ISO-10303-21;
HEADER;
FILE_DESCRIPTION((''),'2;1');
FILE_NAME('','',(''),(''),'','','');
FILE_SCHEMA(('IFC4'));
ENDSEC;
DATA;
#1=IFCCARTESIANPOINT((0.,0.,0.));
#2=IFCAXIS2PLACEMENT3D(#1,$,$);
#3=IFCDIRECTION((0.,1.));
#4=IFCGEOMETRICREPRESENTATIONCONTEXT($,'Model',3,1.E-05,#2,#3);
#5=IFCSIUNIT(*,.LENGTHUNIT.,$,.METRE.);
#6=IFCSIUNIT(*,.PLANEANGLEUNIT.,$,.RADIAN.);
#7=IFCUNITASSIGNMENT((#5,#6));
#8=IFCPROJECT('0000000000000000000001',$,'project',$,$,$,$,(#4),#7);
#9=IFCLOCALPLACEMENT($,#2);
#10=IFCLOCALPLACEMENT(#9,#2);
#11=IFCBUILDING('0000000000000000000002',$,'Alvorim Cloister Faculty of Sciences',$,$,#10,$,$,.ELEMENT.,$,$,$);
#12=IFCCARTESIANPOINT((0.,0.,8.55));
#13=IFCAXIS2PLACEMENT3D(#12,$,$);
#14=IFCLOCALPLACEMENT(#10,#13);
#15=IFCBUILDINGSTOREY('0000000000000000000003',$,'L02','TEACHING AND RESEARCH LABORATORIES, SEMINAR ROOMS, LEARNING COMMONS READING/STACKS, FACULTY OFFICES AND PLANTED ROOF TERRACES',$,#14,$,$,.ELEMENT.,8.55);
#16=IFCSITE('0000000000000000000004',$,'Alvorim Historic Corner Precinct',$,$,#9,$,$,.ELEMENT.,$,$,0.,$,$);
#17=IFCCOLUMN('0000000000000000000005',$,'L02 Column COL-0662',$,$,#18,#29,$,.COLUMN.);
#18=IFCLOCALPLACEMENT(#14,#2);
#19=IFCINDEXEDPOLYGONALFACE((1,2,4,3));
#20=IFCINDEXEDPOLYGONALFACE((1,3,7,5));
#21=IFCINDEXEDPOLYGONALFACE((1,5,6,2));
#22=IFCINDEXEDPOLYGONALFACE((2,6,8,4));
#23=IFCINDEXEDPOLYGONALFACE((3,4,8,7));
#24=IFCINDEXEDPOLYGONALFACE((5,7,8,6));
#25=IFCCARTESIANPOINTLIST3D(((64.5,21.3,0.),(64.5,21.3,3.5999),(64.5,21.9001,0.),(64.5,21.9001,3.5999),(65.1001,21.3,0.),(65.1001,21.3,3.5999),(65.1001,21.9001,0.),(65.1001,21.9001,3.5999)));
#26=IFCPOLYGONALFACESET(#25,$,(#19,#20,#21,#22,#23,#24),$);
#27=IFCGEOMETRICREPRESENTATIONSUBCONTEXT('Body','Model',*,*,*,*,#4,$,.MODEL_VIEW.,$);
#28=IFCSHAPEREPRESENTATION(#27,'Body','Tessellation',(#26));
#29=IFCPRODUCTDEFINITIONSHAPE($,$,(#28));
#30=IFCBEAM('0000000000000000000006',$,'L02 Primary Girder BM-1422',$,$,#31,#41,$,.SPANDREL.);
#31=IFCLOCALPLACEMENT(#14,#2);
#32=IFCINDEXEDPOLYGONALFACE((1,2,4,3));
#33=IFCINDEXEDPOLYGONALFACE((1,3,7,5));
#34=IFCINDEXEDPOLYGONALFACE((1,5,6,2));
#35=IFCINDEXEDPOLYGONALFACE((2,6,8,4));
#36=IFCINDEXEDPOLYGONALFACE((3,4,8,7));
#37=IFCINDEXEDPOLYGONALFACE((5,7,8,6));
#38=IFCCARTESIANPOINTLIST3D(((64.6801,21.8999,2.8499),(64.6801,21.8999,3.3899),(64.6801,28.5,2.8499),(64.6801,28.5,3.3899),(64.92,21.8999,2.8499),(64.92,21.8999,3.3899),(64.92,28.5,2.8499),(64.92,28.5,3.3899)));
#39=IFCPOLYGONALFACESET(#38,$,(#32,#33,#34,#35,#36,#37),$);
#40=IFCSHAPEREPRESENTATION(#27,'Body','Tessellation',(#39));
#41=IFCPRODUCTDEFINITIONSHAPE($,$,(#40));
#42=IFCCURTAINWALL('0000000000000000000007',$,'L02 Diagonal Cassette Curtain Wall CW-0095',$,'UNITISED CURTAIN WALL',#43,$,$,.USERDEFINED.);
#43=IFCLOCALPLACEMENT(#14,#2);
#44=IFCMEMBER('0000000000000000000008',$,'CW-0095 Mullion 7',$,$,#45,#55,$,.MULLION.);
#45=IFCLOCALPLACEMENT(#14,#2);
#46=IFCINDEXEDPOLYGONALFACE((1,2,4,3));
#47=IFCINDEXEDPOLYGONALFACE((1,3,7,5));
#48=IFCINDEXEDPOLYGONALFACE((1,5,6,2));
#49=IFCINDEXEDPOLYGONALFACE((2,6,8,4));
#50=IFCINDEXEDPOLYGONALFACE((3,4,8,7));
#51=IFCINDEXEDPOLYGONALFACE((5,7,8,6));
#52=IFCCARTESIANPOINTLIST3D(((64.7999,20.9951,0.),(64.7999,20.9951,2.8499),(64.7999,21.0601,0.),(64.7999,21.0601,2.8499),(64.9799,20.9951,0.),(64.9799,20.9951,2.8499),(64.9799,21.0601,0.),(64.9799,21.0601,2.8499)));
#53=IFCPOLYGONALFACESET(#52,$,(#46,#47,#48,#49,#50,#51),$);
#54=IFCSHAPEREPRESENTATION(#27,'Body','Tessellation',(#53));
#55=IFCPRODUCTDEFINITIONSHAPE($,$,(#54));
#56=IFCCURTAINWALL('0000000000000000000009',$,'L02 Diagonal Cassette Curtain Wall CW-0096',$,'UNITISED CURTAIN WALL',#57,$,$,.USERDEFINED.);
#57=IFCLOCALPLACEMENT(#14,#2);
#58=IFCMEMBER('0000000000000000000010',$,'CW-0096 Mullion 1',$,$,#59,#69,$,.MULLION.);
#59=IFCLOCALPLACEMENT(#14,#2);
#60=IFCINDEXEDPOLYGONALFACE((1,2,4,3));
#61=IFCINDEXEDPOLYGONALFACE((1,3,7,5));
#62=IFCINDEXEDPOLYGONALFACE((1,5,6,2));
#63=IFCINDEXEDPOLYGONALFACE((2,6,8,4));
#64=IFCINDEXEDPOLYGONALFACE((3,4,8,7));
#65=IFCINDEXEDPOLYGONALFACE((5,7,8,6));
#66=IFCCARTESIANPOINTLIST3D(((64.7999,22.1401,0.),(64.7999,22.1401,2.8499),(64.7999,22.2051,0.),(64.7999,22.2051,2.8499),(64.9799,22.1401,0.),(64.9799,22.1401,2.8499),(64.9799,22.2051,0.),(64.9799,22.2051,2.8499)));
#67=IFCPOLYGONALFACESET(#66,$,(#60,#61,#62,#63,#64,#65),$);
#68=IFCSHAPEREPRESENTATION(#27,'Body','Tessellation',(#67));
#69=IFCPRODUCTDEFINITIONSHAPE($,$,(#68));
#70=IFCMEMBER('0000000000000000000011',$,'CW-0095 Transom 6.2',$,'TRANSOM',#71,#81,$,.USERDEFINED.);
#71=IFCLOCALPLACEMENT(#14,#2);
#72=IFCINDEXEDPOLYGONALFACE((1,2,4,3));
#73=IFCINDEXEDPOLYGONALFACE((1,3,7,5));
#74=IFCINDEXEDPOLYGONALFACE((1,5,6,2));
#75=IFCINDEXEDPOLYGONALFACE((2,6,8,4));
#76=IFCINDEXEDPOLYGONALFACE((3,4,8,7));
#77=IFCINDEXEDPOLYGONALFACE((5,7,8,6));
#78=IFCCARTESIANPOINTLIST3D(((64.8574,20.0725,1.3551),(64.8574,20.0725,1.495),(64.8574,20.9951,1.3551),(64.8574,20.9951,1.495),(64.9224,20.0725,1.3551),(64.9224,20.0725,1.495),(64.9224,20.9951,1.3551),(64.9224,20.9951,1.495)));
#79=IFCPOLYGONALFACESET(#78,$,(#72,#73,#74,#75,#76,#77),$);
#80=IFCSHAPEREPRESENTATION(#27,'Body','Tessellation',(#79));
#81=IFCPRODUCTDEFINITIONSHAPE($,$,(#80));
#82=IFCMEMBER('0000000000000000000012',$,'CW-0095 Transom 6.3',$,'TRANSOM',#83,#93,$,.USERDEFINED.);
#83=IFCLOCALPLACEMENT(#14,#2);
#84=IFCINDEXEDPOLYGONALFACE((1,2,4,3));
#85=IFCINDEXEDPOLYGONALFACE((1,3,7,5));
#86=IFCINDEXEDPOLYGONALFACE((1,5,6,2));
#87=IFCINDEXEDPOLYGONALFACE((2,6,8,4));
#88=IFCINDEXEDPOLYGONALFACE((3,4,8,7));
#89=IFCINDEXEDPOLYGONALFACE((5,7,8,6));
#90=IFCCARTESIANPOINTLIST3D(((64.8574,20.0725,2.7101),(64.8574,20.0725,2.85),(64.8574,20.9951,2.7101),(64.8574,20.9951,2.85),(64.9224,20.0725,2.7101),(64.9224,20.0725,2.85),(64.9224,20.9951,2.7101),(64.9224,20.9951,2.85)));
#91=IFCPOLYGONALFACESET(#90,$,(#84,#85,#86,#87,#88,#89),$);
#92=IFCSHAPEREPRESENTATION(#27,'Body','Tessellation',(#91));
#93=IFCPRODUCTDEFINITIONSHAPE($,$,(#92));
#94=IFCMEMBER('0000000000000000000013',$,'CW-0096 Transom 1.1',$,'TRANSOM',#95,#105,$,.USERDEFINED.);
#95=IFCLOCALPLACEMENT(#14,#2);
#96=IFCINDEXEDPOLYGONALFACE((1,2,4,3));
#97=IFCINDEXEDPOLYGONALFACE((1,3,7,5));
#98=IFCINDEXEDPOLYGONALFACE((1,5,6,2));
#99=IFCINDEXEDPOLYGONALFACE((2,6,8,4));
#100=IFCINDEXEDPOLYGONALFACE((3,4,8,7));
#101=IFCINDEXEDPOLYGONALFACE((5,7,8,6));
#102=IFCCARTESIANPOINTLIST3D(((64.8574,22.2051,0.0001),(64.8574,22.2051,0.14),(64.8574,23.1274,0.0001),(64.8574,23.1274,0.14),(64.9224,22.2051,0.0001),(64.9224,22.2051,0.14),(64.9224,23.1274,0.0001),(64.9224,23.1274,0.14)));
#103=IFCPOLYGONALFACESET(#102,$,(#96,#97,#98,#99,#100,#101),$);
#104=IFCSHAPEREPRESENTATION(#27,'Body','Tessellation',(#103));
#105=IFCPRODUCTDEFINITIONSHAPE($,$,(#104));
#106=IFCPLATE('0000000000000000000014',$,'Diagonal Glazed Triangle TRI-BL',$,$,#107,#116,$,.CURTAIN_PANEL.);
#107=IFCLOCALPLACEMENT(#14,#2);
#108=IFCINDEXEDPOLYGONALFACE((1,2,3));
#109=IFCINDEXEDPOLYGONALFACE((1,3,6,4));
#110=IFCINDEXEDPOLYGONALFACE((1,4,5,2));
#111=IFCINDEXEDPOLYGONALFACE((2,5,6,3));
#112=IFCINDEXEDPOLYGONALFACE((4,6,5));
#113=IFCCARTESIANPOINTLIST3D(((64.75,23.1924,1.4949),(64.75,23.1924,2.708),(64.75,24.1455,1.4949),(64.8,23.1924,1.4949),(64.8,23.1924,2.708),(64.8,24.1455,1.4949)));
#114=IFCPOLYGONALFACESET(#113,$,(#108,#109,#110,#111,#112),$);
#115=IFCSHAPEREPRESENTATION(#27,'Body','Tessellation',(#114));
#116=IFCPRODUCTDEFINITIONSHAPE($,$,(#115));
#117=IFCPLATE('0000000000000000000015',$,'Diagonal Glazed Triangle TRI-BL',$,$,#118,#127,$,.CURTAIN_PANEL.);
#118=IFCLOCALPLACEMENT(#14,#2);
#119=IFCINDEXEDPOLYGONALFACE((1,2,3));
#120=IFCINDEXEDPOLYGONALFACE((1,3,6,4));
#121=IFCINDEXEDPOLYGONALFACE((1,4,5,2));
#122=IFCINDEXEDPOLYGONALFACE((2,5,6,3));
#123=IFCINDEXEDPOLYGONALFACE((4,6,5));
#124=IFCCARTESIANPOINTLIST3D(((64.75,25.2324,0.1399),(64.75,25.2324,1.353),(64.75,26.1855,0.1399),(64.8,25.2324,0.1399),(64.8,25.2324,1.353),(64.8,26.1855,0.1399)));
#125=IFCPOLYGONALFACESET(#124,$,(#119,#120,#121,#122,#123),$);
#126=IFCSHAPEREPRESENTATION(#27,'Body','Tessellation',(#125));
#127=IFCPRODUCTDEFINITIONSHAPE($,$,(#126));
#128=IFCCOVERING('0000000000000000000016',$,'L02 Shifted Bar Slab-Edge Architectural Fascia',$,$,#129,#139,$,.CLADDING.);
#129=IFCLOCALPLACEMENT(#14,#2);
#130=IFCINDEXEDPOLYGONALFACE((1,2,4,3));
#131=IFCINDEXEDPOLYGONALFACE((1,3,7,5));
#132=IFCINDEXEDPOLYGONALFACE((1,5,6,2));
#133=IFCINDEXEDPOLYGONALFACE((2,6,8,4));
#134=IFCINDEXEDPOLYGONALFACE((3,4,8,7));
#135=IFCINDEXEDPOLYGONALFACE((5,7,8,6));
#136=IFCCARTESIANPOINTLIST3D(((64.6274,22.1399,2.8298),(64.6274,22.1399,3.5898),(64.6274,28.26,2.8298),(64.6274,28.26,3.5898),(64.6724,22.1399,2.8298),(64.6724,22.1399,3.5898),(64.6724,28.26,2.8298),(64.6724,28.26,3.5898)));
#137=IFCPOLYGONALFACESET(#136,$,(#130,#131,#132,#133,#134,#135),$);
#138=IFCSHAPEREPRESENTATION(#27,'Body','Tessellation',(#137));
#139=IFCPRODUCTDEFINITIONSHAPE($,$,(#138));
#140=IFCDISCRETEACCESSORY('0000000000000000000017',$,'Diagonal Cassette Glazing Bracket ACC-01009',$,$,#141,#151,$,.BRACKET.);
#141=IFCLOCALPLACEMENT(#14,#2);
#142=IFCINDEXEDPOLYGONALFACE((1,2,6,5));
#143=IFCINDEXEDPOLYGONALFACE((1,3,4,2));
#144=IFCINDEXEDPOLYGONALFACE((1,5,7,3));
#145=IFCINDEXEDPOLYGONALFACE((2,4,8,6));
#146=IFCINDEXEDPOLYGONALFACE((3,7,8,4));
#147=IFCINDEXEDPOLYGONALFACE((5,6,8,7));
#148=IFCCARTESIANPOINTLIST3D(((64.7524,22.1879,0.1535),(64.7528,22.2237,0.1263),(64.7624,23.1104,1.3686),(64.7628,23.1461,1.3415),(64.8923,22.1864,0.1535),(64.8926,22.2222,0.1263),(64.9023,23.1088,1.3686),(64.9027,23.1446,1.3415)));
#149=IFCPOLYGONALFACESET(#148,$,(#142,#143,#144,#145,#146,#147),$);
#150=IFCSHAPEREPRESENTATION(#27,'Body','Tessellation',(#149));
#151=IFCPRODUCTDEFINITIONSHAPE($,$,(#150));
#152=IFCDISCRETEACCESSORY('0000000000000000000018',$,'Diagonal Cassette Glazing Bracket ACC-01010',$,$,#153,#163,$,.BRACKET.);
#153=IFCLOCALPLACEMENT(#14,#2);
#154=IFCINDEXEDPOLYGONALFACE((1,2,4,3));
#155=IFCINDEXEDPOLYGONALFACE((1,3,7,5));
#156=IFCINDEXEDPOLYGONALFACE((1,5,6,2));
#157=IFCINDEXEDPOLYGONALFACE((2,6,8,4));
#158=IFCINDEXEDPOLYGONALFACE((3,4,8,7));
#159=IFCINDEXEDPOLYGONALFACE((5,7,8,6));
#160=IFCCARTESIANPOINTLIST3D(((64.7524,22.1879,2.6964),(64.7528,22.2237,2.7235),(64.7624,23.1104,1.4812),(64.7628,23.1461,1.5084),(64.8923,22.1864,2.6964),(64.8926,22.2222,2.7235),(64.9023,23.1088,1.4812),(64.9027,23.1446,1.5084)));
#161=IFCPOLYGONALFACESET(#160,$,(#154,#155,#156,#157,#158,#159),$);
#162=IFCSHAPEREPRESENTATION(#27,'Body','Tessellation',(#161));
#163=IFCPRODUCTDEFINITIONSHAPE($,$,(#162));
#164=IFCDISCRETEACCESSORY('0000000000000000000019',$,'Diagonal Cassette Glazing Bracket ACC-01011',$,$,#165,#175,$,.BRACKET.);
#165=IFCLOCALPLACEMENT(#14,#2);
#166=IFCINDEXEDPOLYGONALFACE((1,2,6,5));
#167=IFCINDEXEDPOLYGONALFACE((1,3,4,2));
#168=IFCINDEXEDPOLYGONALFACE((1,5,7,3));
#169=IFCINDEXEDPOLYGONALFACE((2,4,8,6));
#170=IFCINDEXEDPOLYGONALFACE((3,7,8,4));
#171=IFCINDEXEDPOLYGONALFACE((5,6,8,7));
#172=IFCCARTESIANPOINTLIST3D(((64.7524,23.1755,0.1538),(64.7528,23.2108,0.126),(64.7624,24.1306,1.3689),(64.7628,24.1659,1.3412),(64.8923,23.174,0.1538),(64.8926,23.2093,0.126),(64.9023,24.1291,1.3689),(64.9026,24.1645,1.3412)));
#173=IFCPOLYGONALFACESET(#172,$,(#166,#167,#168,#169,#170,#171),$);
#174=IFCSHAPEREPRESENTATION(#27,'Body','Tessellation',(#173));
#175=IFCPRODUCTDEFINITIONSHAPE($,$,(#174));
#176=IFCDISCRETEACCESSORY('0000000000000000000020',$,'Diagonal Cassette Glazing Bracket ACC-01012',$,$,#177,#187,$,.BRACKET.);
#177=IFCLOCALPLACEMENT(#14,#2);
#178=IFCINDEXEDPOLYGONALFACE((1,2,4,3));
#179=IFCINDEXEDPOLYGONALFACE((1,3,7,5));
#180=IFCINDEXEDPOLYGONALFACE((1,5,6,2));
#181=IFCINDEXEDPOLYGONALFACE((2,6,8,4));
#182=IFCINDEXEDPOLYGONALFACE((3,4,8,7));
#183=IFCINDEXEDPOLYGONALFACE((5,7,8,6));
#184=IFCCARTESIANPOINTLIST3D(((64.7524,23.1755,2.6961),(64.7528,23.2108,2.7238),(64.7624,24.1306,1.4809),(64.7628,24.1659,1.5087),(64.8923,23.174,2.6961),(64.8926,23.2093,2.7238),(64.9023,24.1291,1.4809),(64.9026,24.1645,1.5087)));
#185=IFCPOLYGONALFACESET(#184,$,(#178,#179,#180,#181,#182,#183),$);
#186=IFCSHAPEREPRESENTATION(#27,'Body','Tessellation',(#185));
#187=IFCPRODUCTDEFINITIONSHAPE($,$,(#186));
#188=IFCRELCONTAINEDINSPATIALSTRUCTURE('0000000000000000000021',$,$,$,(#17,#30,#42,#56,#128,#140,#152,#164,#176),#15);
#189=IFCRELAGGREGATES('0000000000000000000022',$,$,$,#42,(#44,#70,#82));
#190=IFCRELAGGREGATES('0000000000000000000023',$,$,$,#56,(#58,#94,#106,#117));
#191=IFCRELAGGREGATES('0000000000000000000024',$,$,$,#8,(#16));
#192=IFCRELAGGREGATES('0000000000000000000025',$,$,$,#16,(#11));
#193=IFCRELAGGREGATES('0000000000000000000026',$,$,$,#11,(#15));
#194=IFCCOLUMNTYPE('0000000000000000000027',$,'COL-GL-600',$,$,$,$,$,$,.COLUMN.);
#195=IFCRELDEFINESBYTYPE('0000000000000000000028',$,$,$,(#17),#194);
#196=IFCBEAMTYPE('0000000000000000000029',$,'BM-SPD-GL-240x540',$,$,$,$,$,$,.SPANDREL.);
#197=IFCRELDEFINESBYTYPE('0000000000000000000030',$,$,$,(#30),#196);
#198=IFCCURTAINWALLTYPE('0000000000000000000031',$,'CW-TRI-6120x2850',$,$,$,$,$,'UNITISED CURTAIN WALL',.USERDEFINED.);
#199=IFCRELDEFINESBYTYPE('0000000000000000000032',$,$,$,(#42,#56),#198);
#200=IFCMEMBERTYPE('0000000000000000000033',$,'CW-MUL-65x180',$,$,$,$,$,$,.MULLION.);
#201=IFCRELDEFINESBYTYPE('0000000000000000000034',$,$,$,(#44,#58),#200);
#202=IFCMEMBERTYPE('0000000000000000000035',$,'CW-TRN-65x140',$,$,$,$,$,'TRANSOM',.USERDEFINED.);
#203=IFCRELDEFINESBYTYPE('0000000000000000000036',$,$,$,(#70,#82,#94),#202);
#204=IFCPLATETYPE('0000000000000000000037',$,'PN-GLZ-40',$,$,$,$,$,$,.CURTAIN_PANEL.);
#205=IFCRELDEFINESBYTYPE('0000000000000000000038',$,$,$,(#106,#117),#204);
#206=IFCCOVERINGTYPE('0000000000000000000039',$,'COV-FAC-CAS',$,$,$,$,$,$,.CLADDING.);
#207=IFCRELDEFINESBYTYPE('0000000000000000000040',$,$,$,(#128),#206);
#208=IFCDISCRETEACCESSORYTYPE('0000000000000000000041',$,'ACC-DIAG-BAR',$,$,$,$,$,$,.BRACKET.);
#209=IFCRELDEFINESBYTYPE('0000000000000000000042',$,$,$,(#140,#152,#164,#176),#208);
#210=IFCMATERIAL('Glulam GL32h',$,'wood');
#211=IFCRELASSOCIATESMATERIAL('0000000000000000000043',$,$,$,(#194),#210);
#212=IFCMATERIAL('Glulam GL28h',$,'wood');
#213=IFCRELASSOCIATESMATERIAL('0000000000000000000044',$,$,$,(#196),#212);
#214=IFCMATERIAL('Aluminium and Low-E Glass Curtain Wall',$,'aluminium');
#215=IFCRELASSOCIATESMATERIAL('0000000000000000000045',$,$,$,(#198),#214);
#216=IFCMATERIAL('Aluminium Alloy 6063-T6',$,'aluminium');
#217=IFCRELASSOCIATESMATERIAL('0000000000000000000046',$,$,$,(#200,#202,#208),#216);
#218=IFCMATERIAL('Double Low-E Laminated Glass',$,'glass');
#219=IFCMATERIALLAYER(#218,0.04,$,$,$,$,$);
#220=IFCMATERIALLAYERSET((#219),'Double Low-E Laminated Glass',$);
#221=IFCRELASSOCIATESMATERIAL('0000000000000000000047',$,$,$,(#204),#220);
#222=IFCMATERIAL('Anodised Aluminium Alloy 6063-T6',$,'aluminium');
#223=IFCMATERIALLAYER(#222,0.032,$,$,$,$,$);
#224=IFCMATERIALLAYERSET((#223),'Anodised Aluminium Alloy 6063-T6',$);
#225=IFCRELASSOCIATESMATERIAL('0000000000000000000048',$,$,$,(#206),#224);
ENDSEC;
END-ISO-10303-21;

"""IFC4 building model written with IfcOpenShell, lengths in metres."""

from ifc_helpers import new_model, si_unit, direction, frame, origin, origin_2d, place, context, subcontext, project, spatial, polyline, rectangle, outline, extrude, material, layer, layer_set, material_profile, profile_set, type_object, element, aggregate, save


model = new_model("IFC4")

# Units and contexts
model_context = context("Model", 3, precision=1e-05, world=origin(), true_north=direction((0.0, 1.0)))
body_context = subcontext(model_context, "Body", "Model", "MODEL_VIEW")
ifc_project = project(units=[si_unit("LENGTHUNIT", "METRE"), si_unit("PLANEANGLEUNIT", "RADIAN")], contexts=[model_context])

# Site, building, storey
site_placement = place(None, origin())
site = spatial("IfcSite", under=ifc_project, at=site_placement, Name="Alvorim Historic Corner Precinct", CompositionType="ELEMENT", RefElevation=0.0)
building_placement = place(site_placement, origin())
building = spatial("IfcBuilding", under=site, at=building_placement, Name="Alvorim Cloister Faculty of Sciences", CompositionType="ELEMENT")
storey_placement = place(building_placement, frame((0.0, 0.0, 8.55)))
storey = spatial("IfcBuildingStorey", under=building, at=storey_placement, Name="L02", Description="TEACHING AND RESEARCH LABORATORIES, SEMINAR ROOMS, LEARNING COMMONS READING/STACKS, FACULTY OFFICES AND PLANTED ROOF TERRACES", CompositionType="ELEMENT", Elevation=8.55)

# Column
ifc_material_1 = material(Name="Glulam GL32h", Category="wood")
ifc_material_profile_1 = material_profile(ifc_material_1, rectangle(XDim=0.6001, YDim=0.6001, at=origin_2d()), Name="GL32-COL-600x600")
ifc_profile_set_1 = profile_set([ifc_material_profile_1], Name="Glulam GL32h")
column_type = type_object("IfcColumnType", Name="COL-GL-600", PredefinedType="COLUMN", material=ifc_profile_set_1)
column_placement = place(storey_placement, frame((64.8, 21.6001, 0.0), z_axis=(0.0, 0.0, 1.0), x_axis=(1.0, 0.0, 0.0)))
element("IfcColumn", 1, at=column_placement, inside=storey, type_object=column_type, Name="L02 Column COL-0662", PredefinedType="COLUMN", context=body_context, shape_type="SweptSolid", body=[
    extrude(rectangle(XDim=0.6001, YDim=0.6001, at=origin_2d()), origin(), (0.0, 0.0, 1.0), 3.5999),
])

# Beam
ifc_material_2 = material(Name="Glulam GL28h", Category="wood")
ifc_material_profile_2 = material_profile(ifc_material_2, rectangle(XDim=0.24, YDim=0.54, at=origin_2d()), Name="GL28-SPD-240x540")
ifc_profile_set_2 = profile_set([ifc_material_profile_2], Name="Glulam GL28h")
beam_type = type_object("IfcBeamType", Name="BM-SPD-GL-240x540", PredefinedType="SPANDREL", material=ifc_profile_set_2)
beam_placement = place(storey_placement, frame((64.8, 21.8999, 3.1199), z_axis=(0.0, 1.0, 0.0), x_axis=(-1.0, 0.0, 0.0)))
element("IfcBeam", 2, at=beam_placement, inside=storey, type_object=beam_type, Name="L02 Primary Girder BM-1422", PredefinedType="SPANDREL", context=body_context, shape_type="SweptSolid", body=[
    extrude(rectangle(XDim=0.24, YDim=0.54, at=origin_2d()), origin(), (0.0, 0.0, 1.0), 6.6001),
])

# Curtain walls, members
ifc_material_3 = material(Name="Aluminium and Low-E Glass Curtain Wall", Category="aluminium")
curtain_wall_type = type_object("IfcCurtainWallType", Name="CW-TRI-6120x2850", ElementType="UNITISED CURTAIN WALL", PredefinedType="USERDEFINED", material=ifc_material_3)
curtain_wall_1_placement = place(storey_placement, origin())
curtain_wall_1 = element("IfcCurtainWall", 3, at=curtain_wall_1_placement, inside=storey, type_object=curtain_wall_type, Name="L02 Diagonal Cassette Curtain Wall CW-0095", ObjectType="UNITISED CURTAIN WALL", PredefinedType="USERDEFINED")
ifc_material_4 = material(Name="Aluminium Alloy 6063-T6", Category="aluminium")
ifc_material_profile_3 = material_profile(ifc_material_4, rectangle(XDim=0.0649, YDim=0.1799, at=origin_2d()), Name="ALU-MUL-65x180")
ifc_profile_set_3 = profile_set([ifc_material_profile_3], Name="Aluminium Alloy 6063-T6")
member_type_1 = type_object("IfcMemberType", Name="CW-MUL-65x180", PredefinedType="MULLION", material=ifc_profile_set_3)
member_1_placement = place(storey_placement, frame((64.8899, 21.0276, 0.0), z_axis=(0.0, 0.0, 1.0), x_axis=(0.0, 1.0, 0.0)))
member_1 = element("IfcMember", 4, at=member_1_placement, type_object=member_type_1, Name="CW-0095 Mullion 7", PredefinedType="MULLION", context=body_context, shape_type="SweptSolid", body=[
    extrude(rectangle(XDim=0.0649, YDim=0.1799, at=origin_2d()), origin(), (0.0, 0.0, 1.0), 2.8499),
])
curtain_wall_2_placement = place(storey_placement, origin())
curtain_wall_2 = element("IfcCurtainWall", 5, at=curtain_wall_2_placement, inside=storey, type_object=curtain_wall_type, Name="L02 Diagonal Cassette Curtain Wall CW-0096", ObjectType="UNITISED CURTAIN WALL", PredefinedType="USERDEFINED")
member_2_placement = place(storey_placement, frame((64.8899, 22.1726, 0.0), z_axis=(0.0, 0.0, 1.0), x_axis=(0.0, 1.0, 0.0)))
member_2 = element("IfcMember", 6, at=member_2_placement, type_object=member_type_1, Name="CW-0096 Mullion 1", PredefinedType="MULLION", context=body_context, shape_type="SweptSolid", body=[
    extrude(rectangle(XDim=0.0649, YDim=0.1799, at=origin_2d()), origin(), (0.0, 0.0, 1.0), 2.8499),
])

# Members
ifc_material_profile_4 = material_profile(ifc_material_4, rectangle(XDim=0.0649, YDim=0.1399, at=origin_2d()), Name="ALU-TRN-65x140")
ifc_profile_set_4 = profile_set([ifc_material_profile_4], Name="Aluminium Alloy 6063-T6")
member_type_2 = type_object("IfcMemberType", Name="CW-TRN-65x140", ElementType="TRANSOM", PredefinedType="USERDEFINED", material=ifc_profile_set_4)
member_3_placement = place(storey_placement, frame((64.8899, 20.0725, 1.425), z_axis=(0.0, 1.0, 0.0), x_axis=(-1.0, 0.0, 0.0)))
member_3 = element("IfcMember", 7, at=member_3_placement, type_object=member_type_2, Name="CW-0095 Transom 6.2", ObjectType="TRANSOM", PredefinedType="USERDEFINED", context=body_context, shape_type="SweptSolid", body=[
    extrude(rectangle(XDim=0.0649, YDim=0.1399, at=origin_2d()), origin(), (0.0, 0.0, 1.0), 0.9226),
])
member_4_placement = place(storey_placement, frame((64.8899, 20.0725, 2.78), z_axis=(0.0, 1.0, 0.0), x_axis=(-1.0, 0.0, 0.0)))
member_4 = element("IfcMember", 8, at=member_4_placement, type_object=member_type_2, Name="CW-0095 Transom 6.3", ObjectType="TRANSOM", PredefinedType="USERDEFINED", context=body_context, shape_type="SweptSolid", body=[
    extrude(rectangle(XDim=0.0649, YDim=0.1399, at=origin_2d()), origin(), (0.0, 0.0, 1.0), 0.9226),
])
aggregate(curtain_wall_1, [member_1, member_3, member_4])
member_5_placement = place(storey_placement, frame((64.8899, 22.2051, 0.0701), z_axis=(0.0, 1.0, 0.0), x_axis=(-1.0, 0.0, 0.0)))
member_5 = element("IfcMember", 9, at=member_5_placement, type_object=member_type_2, Name="CW-0096 Transom 1.1", ObjectType="TRANSOM", PredefinedType="USERDEFINED", context=body_context, shape_type="SweptSolid", body=[
    extrude(rectangle(XDim=0.0649, YDim=0.1399, at=origin_2d()), origin(), (0.0, 0.0, 1.0), 0.9224),
])

# Plates
ifc_material_5 = material(Name="Double Low-E Laminated Glass", Category="glass")
ifc_layer_1 = layer(ifc_material_5, 0.04)
ifc_layer_set_1 = layer_set([ifc_layer_1], Name="Double Low-E Laminated Glass")
plate_type = type_object("IfcPlateType", Name="PN-GLZ-40", PredefinedType="CURTAIN_PANEL", material=ifc_layer_set_1)
plate_1_placement = place(storey_placement, frame((64.7749, 23.1924, 1.4949), z_axis=(0.0, 0.0, 1.0), x_axis=(0.0, 1.0, 0.0)))
plate_1 = element("IfcPlate", 10, at=plate_1_placement, type_object=plate_type, Name="Diagonal Glazed Triangle TRI-BL", PredefinedType="CURTAIN_PANEL", context=body_context, shape_type="SweptSolid", body=[
    extrude(outline(polyline([(0.0, 0.0), (0.9531, 0.0), (0.0, 1.2131), (0.0, 0.0)])), frame((0.0, 0.0249, 0.0), z_axis=(0.0, -1.0, 0.0), x_axis=(1.0, 0.0, 0.0)), (0.0, 0.0, 1.0), 0.05),
])
plate_2_placement = place(storey_placement, frame((64.7749, 25.2324, 0.1399), z_axis=(0.0, 0.0, 1.0), x_axis=(0.0, 1.0, 0.0)))
plate_2 = element("IfcPlate", 11, at=plate_2_placement, type_object=plate_type, Name="Diagonal Glazed Triangle TRI-BL", PredefinedType="CURTAIN_PANEL", context=body_context, shape_type="SweptSolid", body=[
    extrude(outline(polyline([(0.0, 0.0), (0.9531, 0.0), (0.0, 1.2131), (0.0, 0.0)])), frame((0.0, 0.0249, 0.0), z_axis=(0.0, -1.0, 0.0), x_axis=(1.0, 0.0, 0.0)), (0.0, 0.0, 1.0), 0.05),
])
aggregate(curtain_wall_2, [member_2, member_5, plate_1, plate_2])

# Covering
ifc_material_6 = material(Name="Anodised Aluminium Alloy 6063-T6", Category="aluminium")
ifc_layer_2 = layer(ifc_material_6, 0.032)
ifc_layer_set_2 = layer_set([ifc_layer_2], Name="Anodised Aluminium Alloy 6063-T6")
covering_type = type_object("IfcCoveringType", Name="COV-FAC-CAS", PredefinedType="CLADDING", material=ifc_layer_set_2)
covering_placement = place(storey_placement, frame((64.6499, 22.1399, 2.8298), z_axis=(0.0, 0.0, 1.0), x_axis=(0.0, 1.0, 0.0)))
element("IfcCovering", 12, at=covering_placement, inside=storey, type_object=covering_type, Name="L02 Shifted Bar Slab-Edge Architectural Fascia", PredefinedType="CLADDING", context=body_context, shape_type="SweptSolid", body=[
    extrude(outline(polyline([(0.0, 0.0), (6.1201, 0.0), (6.1201, 0.76), (0.0, 0.76), (0.0, 0.0)])), frame((0.0, 0.0225, 0.0), z_axis=(0.0, -1.0, 0.0), x_axis=(1.0, 0.0, 0.0)), (0.0, 0.0, 1.0), 0.0449),
])

# Discrete accessories
discrete_accessory_type = type_object("IfcDiscreteAccessoryType", Name="ACC-DIAG-BAR", PredefinedType="BRACKET", material=ifc_material_4)
for number, where, z_axis, x_axis, name in (
    (13, (64.8225, 22.2051, 0.1399), (0.006561, 0.604612, 0.796493), (-0.999941, 0.010852, 0.0), "Diagonal Cassette Glazing Bracket ACC-01009"),
    (14, (64.8225, 22.2051, 2.71), (0.006561, 0.604612, -0.796493), (-0.999941, 0.010852, 0.0), "Diagonal Cassette Glazing Bracket ACC-01010"),
):
    element("IfcDiscreteAccessory", number, at=place(storey_placement, frame(where, z_axis=z_axis, x_axis=x_axis)), inside=storey, type_object=discrete_accessory_type, Name=name, PredefinedType="BRACKET", context=body_context, shape_type="SweptSolid", body=[
        extrude(rectangle(XDim=0.1399, YDim=0.0449, at=origin_2d()), origin(), (0.0, 0.0, 1.0), 1.5256),
    ])
for number, where, z_axis, x_axis, name in (
    (15, (64.8225, 23.1924, 0.1399), (0.006477, 0.617955, 0.786187), (-0.999945, 0.01048, 0.0), "Diagonal Cassette Glazing Bracket ACC-01011"),
    (16, (64.8225, 23.1924, 2.71), (0.006477, 0.617955, -0.786187), (-0.999945, 0.01048, 0.0), "Diagonal Cassette Glazing Bracket ACC-01012"),
):
    element("IfcDiscreteAccessory", number, at=place(storey_placement, frame(where, z_axis=z_axis, x_axis=x_axis)), inside=storey, type_object=discrete_accessory_type, Name=name, PredefinedType="BRACKET", context=body_context, shape_type="SweptSolid", body=[
        extrude(rectangle(XDim=0.1399, YDim=0.0449, at=origin_2d()), origin(), (0.0, 0.0, 1.0), 1.5457),
    ])

save(model, "model.ifc")
